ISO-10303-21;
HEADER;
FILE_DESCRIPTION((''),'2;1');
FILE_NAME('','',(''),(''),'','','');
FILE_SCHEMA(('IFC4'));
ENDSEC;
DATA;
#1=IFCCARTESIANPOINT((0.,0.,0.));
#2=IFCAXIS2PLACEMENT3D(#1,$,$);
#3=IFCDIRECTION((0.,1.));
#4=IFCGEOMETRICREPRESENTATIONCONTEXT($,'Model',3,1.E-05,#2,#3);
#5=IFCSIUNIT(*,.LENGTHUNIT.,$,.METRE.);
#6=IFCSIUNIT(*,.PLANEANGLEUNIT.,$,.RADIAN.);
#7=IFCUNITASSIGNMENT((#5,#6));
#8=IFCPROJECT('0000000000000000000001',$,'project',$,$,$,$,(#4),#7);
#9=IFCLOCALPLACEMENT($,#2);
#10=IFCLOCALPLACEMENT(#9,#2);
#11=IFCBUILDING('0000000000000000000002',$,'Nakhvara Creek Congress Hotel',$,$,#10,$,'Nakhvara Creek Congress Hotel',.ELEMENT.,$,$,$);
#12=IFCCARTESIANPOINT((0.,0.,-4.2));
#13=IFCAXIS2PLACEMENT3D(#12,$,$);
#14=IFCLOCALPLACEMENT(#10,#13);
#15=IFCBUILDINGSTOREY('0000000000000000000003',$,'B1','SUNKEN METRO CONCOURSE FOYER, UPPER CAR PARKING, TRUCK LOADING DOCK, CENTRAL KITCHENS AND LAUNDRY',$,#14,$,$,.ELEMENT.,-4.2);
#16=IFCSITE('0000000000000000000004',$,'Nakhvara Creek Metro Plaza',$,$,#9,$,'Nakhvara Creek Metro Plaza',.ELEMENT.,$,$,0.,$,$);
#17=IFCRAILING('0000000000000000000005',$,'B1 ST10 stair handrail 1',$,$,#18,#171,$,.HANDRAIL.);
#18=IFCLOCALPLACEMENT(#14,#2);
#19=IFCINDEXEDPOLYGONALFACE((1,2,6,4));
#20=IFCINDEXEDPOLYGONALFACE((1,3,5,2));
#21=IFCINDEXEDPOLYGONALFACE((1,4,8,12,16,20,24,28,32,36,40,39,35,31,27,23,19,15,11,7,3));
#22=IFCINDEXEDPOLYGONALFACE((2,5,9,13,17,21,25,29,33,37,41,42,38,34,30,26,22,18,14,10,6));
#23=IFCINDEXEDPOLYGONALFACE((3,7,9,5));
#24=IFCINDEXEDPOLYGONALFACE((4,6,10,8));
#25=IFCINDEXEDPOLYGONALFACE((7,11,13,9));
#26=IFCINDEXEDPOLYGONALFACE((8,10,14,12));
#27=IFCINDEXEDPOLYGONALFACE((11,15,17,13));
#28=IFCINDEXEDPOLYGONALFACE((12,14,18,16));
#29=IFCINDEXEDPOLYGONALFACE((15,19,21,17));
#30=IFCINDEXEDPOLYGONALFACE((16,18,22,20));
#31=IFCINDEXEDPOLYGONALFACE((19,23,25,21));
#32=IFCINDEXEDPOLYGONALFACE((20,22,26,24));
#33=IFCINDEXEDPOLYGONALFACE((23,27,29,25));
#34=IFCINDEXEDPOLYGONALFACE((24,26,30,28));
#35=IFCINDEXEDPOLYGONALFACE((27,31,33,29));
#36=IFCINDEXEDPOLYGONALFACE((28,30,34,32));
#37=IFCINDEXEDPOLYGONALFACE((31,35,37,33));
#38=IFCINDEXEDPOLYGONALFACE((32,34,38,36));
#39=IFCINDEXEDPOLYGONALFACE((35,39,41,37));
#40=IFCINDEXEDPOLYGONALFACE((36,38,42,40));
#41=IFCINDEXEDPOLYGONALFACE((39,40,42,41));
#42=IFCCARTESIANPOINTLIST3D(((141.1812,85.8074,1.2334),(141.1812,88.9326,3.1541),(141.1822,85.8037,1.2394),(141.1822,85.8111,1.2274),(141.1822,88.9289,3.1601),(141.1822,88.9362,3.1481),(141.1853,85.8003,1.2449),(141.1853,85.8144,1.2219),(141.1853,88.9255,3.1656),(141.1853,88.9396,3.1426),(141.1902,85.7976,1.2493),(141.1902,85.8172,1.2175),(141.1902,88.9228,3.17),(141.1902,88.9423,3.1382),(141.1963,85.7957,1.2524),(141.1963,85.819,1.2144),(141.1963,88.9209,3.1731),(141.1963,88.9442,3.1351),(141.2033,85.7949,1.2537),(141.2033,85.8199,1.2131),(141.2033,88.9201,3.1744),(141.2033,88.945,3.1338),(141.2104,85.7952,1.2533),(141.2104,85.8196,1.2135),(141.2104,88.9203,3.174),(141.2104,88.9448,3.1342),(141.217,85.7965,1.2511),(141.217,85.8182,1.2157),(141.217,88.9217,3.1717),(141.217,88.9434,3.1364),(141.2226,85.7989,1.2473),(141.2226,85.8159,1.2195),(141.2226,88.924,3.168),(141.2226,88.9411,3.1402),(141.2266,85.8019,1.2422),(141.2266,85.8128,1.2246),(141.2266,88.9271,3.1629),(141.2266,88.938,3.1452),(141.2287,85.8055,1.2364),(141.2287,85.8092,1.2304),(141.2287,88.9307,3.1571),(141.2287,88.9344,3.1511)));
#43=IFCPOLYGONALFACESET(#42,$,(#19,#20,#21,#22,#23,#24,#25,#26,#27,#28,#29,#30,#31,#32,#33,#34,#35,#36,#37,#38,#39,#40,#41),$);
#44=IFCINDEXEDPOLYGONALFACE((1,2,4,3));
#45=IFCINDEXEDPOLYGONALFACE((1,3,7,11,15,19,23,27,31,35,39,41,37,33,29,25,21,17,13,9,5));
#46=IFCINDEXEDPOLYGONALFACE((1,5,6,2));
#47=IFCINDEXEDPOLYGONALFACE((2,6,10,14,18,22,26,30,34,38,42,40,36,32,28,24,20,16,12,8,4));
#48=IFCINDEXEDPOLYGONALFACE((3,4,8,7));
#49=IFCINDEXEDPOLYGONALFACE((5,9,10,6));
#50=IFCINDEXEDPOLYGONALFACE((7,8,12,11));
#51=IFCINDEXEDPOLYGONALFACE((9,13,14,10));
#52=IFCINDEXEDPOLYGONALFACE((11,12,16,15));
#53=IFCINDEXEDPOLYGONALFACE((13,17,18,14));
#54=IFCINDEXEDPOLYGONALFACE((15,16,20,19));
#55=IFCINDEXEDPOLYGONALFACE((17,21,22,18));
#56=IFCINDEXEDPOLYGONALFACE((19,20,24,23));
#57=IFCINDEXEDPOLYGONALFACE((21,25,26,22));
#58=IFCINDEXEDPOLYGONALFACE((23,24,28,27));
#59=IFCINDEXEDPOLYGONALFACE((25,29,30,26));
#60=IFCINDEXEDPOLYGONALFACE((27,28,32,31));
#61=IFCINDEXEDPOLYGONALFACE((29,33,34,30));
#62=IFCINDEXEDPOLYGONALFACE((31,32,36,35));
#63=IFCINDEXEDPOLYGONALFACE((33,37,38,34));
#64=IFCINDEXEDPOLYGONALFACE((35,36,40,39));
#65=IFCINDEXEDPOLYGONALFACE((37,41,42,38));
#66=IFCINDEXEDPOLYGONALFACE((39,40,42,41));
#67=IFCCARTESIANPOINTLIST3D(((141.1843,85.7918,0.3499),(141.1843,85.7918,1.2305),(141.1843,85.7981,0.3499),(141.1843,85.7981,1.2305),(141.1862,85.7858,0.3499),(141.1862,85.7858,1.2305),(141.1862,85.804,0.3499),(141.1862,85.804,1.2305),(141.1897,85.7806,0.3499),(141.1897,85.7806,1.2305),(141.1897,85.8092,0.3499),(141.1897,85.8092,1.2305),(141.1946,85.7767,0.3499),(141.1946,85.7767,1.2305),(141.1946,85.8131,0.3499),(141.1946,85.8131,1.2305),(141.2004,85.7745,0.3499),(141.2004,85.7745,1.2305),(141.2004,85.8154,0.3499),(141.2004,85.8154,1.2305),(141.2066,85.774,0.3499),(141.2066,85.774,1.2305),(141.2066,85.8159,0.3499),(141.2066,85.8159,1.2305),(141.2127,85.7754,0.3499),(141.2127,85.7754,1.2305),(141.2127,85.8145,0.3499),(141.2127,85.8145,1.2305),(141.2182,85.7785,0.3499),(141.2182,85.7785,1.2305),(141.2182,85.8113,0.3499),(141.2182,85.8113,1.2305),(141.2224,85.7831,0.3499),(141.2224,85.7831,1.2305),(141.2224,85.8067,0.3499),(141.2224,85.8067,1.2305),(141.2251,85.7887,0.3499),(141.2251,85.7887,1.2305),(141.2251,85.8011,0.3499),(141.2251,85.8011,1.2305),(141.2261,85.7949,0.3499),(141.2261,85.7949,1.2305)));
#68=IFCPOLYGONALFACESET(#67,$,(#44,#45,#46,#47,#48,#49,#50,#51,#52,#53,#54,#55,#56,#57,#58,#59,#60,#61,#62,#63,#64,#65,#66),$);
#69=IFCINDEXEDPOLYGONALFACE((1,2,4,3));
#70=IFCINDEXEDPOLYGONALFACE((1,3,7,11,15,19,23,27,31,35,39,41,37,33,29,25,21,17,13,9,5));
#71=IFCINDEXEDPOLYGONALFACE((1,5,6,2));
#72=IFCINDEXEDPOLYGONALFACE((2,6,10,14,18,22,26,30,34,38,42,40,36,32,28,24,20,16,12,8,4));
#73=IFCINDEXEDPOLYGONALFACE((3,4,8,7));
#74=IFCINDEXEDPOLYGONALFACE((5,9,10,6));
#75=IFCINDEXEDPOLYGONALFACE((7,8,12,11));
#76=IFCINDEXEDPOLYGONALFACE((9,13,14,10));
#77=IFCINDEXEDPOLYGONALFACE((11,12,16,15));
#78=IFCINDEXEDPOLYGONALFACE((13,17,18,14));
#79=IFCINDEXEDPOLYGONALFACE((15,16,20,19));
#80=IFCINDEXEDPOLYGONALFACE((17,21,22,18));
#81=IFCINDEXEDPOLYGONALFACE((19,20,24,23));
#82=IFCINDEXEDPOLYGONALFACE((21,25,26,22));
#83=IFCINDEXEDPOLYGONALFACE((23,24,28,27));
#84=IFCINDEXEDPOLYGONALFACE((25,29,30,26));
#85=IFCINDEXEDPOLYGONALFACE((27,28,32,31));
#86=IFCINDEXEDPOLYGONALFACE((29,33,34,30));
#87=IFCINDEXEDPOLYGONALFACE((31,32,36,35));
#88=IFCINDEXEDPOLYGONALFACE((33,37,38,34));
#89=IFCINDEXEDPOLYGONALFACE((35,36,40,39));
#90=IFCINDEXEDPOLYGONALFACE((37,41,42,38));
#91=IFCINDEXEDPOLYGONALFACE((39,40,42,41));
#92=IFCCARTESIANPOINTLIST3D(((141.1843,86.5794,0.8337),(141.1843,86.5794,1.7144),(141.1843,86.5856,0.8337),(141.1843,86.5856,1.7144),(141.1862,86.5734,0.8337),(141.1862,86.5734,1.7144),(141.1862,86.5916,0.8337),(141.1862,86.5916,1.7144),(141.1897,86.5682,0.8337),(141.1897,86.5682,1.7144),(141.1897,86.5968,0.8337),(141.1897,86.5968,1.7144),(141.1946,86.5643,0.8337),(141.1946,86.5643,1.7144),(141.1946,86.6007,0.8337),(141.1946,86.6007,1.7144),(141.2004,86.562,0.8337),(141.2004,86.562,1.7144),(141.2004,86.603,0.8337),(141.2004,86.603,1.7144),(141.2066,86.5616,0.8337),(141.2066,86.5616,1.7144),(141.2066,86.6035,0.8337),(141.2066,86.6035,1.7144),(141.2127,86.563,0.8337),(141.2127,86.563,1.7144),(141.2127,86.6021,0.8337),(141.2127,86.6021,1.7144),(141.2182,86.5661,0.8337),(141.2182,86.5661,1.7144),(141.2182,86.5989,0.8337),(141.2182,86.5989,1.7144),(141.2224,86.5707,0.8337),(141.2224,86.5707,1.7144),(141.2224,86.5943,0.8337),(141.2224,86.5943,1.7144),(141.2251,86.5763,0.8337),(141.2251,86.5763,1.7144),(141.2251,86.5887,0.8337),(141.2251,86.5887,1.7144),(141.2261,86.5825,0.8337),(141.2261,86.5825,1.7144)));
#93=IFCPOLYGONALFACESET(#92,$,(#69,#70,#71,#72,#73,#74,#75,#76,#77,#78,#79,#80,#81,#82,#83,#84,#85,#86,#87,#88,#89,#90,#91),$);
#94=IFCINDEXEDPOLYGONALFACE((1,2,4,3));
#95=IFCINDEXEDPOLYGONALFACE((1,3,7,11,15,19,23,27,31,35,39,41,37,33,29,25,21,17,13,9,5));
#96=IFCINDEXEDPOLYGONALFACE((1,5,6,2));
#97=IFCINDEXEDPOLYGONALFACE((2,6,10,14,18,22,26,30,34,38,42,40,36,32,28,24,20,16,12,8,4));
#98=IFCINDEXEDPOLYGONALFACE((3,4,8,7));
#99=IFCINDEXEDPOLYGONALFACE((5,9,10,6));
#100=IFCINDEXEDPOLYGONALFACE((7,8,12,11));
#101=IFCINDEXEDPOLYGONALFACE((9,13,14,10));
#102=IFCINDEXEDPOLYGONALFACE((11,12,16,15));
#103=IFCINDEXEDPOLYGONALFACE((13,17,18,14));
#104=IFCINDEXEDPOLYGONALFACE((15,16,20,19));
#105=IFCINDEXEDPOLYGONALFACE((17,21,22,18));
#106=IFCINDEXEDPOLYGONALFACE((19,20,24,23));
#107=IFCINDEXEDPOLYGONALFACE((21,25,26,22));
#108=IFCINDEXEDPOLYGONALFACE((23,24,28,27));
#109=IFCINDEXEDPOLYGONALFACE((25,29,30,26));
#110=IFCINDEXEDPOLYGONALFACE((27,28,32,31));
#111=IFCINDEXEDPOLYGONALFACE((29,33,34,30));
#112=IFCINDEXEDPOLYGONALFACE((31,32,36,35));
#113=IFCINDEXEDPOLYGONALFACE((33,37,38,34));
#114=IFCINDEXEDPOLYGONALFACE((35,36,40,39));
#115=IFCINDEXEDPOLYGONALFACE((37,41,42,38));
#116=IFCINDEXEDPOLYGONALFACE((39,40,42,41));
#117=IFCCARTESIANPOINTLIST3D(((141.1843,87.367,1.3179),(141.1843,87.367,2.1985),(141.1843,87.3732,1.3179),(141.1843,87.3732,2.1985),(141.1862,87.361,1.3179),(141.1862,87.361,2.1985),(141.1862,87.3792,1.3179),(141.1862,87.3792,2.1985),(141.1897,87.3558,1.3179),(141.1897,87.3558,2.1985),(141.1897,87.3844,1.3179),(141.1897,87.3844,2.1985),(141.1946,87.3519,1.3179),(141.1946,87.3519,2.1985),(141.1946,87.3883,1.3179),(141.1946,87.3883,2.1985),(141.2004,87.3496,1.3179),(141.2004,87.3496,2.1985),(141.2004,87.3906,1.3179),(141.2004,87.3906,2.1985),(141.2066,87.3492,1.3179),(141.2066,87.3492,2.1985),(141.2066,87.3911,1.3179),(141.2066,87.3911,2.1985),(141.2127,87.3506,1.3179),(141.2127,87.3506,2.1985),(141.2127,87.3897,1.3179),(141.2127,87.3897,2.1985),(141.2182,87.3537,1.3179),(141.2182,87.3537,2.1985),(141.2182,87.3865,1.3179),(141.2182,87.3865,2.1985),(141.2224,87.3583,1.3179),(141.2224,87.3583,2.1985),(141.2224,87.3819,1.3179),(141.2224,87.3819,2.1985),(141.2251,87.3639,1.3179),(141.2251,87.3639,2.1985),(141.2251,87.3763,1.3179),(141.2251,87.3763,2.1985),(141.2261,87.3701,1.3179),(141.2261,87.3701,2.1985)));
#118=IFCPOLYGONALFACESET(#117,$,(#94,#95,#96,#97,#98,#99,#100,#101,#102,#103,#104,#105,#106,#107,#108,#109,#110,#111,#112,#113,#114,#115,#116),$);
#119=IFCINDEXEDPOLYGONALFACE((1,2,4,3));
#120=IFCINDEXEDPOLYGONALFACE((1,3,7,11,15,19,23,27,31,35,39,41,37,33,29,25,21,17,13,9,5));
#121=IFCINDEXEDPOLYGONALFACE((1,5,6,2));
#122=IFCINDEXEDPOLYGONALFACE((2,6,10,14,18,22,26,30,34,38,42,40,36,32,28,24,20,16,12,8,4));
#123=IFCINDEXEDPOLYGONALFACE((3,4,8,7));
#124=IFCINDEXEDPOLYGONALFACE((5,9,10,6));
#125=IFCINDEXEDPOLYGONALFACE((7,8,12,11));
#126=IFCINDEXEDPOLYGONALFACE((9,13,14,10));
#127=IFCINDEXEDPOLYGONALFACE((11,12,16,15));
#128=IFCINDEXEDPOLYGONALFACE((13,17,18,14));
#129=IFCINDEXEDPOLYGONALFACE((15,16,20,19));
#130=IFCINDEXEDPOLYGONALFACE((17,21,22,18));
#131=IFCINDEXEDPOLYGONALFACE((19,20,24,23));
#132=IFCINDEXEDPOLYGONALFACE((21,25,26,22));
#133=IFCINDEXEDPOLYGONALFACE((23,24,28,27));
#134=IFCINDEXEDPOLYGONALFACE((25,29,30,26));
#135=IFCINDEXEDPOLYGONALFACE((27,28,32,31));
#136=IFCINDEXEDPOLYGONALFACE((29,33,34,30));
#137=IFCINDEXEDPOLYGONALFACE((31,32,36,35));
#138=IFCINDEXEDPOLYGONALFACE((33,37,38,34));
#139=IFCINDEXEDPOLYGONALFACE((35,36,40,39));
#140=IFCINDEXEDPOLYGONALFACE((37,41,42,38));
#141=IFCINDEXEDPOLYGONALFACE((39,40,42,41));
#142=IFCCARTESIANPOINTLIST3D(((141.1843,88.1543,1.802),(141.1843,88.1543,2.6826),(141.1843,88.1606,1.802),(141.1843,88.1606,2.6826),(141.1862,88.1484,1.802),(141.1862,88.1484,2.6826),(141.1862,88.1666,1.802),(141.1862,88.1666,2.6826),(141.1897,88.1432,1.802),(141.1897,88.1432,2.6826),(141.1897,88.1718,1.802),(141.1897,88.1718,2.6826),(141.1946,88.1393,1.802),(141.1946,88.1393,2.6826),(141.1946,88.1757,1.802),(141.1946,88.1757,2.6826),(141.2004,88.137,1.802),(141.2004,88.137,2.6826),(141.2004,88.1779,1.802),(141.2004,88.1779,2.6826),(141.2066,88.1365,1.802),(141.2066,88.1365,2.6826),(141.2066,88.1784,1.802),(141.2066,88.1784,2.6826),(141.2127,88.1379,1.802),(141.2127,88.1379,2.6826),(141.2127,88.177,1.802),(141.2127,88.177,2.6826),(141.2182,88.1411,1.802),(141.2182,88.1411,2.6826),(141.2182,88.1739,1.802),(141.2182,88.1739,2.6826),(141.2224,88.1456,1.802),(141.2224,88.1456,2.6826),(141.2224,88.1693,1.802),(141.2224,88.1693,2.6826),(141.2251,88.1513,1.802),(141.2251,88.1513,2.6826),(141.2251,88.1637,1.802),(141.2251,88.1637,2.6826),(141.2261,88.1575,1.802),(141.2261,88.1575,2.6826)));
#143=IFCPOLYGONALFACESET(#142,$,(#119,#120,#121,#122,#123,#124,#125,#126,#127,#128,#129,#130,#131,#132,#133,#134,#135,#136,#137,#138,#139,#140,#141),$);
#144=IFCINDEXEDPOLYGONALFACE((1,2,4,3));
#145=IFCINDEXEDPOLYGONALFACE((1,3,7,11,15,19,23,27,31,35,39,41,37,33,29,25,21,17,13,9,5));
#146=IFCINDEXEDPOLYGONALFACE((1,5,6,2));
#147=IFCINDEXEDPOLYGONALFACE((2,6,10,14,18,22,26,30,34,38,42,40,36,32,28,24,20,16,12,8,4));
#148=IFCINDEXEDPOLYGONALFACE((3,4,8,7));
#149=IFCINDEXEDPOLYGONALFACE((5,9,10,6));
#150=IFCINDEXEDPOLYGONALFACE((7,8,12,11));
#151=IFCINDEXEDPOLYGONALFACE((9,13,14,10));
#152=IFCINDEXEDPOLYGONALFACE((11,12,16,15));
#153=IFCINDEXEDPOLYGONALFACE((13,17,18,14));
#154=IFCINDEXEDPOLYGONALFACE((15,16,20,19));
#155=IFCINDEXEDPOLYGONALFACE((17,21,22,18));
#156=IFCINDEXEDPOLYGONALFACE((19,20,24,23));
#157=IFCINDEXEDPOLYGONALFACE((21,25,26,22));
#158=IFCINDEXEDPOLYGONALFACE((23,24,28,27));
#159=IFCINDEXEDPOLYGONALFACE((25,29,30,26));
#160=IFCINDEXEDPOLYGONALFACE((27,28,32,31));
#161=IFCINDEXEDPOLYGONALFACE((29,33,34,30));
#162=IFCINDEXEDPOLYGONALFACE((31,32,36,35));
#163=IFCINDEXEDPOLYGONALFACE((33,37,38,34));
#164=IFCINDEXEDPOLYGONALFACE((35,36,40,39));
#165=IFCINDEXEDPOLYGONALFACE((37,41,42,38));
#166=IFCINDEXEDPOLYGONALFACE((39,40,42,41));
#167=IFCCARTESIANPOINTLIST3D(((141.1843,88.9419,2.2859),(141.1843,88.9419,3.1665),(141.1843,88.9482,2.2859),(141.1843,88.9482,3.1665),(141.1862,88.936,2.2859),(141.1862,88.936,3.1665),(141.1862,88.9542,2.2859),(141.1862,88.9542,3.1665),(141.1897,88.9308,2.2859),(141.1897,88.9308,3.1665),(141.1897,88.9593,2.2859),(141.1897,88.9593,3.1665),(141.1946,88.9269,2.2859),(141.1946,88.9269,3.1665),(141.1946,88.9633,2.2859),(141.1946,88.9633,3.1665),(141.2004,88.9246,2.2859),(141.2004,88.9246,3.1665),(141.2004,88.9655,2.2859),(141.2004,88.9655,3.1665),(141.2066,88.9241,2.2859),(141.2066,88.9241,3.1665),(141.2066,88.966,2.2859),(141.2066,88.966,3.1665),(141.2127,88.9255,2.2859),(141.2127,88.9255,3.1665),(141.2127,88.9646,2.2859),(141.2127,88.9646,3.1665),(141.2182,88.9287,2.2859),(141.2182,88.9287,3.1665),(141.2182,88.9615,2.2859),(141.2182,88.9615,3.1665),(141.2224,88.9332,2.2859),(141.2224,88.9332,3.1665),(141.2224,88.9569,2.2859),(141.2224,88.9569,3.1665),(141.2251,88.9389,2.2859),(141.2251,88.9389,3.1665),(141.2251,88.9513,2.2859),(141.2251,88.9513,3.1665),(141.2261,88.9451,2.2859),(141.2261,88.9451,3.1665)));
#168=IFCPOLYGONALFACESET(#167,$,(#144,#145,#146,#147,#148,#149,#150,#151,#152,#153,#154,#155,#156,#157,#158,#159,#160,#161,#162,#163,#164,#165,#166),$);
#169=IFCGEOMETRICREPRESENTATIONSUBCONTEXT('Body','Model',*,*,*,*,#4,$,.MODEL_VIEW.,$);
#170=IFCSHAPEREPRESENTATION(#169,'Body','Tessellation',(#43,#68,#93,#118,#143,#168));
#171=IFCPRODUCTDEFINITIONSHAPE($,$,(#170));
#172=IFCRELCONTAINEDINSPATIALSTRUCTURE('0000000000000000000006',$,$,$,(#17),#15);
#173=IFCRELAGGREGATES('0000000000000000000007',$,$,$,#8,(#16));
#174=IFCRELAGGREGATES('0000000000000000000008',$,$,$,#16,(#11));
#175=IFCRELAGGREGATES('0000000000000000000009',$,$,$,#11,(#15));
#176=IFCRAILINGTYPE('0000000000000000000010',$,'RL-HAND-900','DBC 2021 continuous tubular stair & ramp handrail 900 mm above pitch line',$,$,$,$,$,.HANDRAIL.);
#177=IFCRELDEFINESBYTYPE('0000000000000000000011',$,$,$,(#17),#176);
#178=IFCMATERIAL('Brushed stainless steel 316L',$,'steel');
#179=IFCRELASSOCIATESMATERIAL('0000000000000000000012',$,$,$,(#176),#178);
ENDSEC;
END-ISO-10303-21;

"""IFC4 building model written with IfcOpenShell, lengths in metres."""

from ifc_helpers import new_model, si_unit, direction, frame, origin, origin_2d, place, context, subcontext, project, spatial, circle, extrude, material, type_object, element, save


model = new_model("IFC4")

# Units and contexts
model_context = context("Model", 3, precision=1e-05, world=origin(), true_north=direction((0.0, 1.0)))
body_context = subcontext(model_context, "Body", "Model", "MODEL_VIEW")
ifc_project = project(units=[si_unit("LENGTHUNIT", "METRE"), si_unit("PLANEANGLEUNIT", "RADIAN")], contexts=[model_context])

# Site, building, storey
site_placement = place(None, origin())
site = spatial("IfcSite", under=ifc_project, at=site_placement, Name="Nakhvara Creek Metro Plaza", LongName="Nakhvara Creek Metro Plaza", CompositionType="ELEMENT", RefElevation=0.0)
building_placement = place(site_placement, origin())
building = spatial("IfcBuilding", under=site, at=building_placement, Name="Nakhvara Creek Congress Hotel", LongName="Nakhvara Creek Congress Hotel", CompositionType="ELEMENT")
storey_placement = place(building_placement, frame((0.0, 0.0, -4.2)))
storey = spatial("IfcBuildingStorey", under=building, at=storey_placement, Name="B1", Description="SUNKEN METRO CONCOURSE FOYER, UPPER CAR PARKING, TRUCK LOADING DOCK, CENTRAL KITCHENS AND LAUNDRY", CompositionType="ELEMENT", Elevation=-4.2)

# Railing
ifc_material_1 = material(Name="Brushed stainless steel 316L", Category="steel")
railing_type_1 = type_object("IfcRailingType", Name="RL-HAND-900", Description="DBC 2021 continuous tubular stair & ramp handrail 900 mm above pitch line", PredefinedType="HANDRAIL", material=ifc_material_1)
railing_1_placement = place(storey_placement, frame((141.2051, 85.7949, 0.3499)))
element("IfcRailing", 1, at=railing_1_placement, inside=storey, type_object=railing_type_1, Name="B1 ST10 stair handrail 1", PredefinedType="HANDRAIL", context=body_context, shape_type="SweptSolid", body=[
    extrude(circle(Radius=0.0239, at=origin_2d()), frame((0.0, 0.0125, 0.8835), z_axis=(0.0, 0.851962, 0.523604), x_axis=(-1.0, 0.0, 0.0)), (0.0, 0.0, 1.0), 3.6682),
    extrude(circle(Radius=0.021, at=origin_2d()), origin(), (0.0, 0.0, 1.0), 0.8806),
    extrude(circle(Radius=0.021, at=origin_2d()), frame((0.0, 0.7876, 0.4839)), (0.0, 0.0, 1.0), 0.8806),
    extrude(circle(Radius=0.021, at=origin_2d()), frame((0.0, 1.5752, 0.968)), (0.0, 0.0, 1.0), 0.8806),
    extrude(circle(Radius=0.021, at=origin_2d()), frame((0.0, 2.3625, 1.4521)), (0.0, 0.0, 1.0), 0.8806),
    extrude(circle(Radius=0.021, at=origin_2d()), frame((0.0, 3.1501, 1.936)), (0.0, 0.0, 1.0), 0.8806),
])

save(model, "model.ifc")
